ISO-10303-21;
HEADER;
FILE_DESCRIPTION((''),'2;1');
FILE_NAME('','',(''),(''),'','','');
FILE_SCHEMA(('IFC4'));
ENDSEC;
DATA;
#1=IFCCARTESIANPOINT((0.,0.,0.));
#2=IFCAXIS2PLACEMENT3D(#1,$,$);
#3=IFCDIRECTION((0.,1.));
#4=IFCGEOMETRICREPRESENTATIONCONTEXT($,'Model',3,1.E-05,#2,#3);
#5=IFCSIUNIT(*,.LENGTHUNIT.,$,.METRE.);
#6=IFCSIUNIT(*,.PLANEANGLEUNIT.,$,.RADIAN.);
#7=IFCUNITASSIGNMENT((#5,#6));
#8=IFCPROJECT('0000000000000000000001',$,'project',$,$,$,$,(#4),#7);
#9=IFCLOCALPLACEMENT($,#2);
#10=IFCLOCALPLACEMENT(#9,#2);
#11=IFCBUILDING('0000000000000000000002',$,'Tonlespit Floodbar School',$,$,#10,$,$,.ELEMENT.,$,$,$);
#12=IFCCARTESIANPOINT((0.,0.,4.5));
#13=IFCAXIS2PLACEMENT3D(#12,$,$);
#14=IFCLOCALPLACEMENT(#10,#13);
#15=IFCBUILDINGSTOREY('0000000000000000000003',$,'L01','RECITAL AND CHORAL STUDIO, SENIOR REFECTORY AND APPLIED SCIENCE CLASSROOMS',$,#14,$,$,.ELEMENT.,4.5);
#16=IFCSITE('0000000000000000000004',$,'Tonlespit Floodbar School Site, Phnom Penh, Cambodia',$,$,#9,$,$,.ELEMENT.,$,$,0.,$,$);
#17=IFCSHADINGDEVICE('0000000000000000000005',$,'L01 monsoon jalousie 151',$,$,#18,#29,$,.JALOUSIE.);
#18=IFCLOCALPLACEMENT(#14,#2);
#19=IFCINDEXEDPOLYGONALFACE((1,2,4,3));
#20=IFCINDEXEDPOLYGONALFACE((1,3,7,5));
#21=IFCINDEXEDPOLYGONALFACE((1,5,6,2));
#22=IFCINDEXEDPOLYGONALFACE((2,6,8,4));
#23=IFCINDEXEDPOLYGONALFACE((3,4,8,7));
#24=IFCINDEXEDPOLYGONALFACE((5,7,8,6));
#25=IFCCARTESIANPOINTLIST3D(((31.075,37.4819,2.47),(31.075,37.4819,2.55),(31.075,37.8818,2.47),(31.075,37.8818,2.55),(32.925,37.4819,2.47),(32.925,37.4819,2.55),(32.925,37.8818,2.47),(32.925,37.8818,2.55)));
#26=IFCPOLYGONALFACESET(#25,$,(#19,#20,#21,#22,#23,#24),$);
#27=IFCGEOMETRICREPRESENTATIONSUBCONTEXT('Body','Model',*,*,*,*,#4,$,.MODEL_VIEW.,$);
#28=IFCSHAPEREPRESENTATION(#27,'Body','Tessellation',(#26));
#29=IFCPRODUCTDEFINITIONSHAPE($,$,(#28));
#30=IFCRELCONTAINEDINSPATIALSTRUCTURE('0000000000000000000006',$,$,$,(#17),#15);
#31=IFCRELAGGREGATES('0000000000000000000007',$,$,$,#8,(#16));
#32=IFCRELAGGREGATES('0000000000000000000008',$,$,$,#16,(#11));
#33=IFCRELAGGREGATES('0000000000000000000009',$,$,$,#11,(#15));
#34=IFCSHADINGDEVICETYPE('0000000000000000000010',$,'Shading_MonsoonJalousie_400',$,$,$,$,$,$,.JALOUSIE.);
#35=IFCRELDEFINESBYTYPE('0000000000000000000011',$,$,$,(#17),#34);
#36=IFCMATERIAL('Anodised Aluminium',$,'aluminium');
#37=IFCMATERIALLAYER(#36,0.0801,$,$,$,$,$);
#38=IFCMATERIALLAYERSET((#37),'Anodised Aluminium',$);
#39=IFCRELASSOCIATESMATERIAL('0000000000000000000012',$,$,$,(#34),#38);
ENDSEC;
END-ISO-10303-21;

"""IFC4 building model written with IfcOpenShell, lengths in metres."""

from ifc_helpers import new_model, si_unit, direction, frame, origin, origin_2d, place, context, subcontext, project, spatial, rectangle, extrude, material, layer, layer_set, type_object, element, save


model = new_model("IFC4")

# Units and contexts
model_context = context("Model", 3, precision=1e-05, world=origin(), true_north=direction((0.0, 1.0)))
body_context = subcontext(model_context, "Body", "Model", "MODEL_VIEW")
ifc_project = project(units=[si_unit("LENGTHUNIT", "METRE"), si_unit("PLANEANGLEUNIT", "RADIAN")], contexts=[model_context])

# Site, building, storey
site_placement = place(None, origin())
site = spatial("IfcSite", under=ifc_project, at=site_placement, Name="Tonlespit Floodbar School Site, Phnom Penh, Cambodia", CompositionType="ELEMENT", RefElevation=0.0)
building_placement = place(site_placement, origin())
building = spatial("IfcBuilding", under=site, at=building_placement, Name="Tonlespit Floodbar School", CompositionType="ELEMENT")
storey_placement = place(building_placement, frame((0.0, 0.0, 4.5)))
storey = spatial("IfcBuildingStorey", under=building, at=storey_placement, Name="L01", Description="RECITAL AND CHORAL STUDIO, SENIOR REFECTORY AND APPLIED SCIENCE CLASSROOMS", CompositionType="ELEMENT", Elevation=4.5)

# Shared definitions
ifc_material_1 = material(Name="Anodised Aluminium", Category="aluminium")

# Shading device
ifc_layer_1 = layer(ifc_material_1, 0.0801)
ifc_layer_set_1 = layer_set([ifc_layer_1], Name="Anodised Aluminium")
shading_device_type = type_object("IfcShadingDeviceType", Name="Shading_MonsoonJalousie_400", PredefinedType="JALOUSIE", material=ifc_layer_set_1)
shading_device_placement = place(storey_placement, frame((32.0, 37.6819, 2.47), z_axis=(0.0, 0.0, 1.0), x_axis=(-1.0, 0.0, 0.0)))
element("IfcShadingDevice", 1, at=shading_device_placement, inside=storey, type_object=shading_device_type, Name="L01 monsoon jalousie 151", PredefinedType="JALOUSIE", context=body_context, shape_type="SweptSolid", body=[
    extrude(rectangle(XDim=1.8501, YDim=0.3999, at=origin_2d()), origin(), (0.0, 0.0, 1.0), 0.0801),
])

save(model, "model.ifc")
